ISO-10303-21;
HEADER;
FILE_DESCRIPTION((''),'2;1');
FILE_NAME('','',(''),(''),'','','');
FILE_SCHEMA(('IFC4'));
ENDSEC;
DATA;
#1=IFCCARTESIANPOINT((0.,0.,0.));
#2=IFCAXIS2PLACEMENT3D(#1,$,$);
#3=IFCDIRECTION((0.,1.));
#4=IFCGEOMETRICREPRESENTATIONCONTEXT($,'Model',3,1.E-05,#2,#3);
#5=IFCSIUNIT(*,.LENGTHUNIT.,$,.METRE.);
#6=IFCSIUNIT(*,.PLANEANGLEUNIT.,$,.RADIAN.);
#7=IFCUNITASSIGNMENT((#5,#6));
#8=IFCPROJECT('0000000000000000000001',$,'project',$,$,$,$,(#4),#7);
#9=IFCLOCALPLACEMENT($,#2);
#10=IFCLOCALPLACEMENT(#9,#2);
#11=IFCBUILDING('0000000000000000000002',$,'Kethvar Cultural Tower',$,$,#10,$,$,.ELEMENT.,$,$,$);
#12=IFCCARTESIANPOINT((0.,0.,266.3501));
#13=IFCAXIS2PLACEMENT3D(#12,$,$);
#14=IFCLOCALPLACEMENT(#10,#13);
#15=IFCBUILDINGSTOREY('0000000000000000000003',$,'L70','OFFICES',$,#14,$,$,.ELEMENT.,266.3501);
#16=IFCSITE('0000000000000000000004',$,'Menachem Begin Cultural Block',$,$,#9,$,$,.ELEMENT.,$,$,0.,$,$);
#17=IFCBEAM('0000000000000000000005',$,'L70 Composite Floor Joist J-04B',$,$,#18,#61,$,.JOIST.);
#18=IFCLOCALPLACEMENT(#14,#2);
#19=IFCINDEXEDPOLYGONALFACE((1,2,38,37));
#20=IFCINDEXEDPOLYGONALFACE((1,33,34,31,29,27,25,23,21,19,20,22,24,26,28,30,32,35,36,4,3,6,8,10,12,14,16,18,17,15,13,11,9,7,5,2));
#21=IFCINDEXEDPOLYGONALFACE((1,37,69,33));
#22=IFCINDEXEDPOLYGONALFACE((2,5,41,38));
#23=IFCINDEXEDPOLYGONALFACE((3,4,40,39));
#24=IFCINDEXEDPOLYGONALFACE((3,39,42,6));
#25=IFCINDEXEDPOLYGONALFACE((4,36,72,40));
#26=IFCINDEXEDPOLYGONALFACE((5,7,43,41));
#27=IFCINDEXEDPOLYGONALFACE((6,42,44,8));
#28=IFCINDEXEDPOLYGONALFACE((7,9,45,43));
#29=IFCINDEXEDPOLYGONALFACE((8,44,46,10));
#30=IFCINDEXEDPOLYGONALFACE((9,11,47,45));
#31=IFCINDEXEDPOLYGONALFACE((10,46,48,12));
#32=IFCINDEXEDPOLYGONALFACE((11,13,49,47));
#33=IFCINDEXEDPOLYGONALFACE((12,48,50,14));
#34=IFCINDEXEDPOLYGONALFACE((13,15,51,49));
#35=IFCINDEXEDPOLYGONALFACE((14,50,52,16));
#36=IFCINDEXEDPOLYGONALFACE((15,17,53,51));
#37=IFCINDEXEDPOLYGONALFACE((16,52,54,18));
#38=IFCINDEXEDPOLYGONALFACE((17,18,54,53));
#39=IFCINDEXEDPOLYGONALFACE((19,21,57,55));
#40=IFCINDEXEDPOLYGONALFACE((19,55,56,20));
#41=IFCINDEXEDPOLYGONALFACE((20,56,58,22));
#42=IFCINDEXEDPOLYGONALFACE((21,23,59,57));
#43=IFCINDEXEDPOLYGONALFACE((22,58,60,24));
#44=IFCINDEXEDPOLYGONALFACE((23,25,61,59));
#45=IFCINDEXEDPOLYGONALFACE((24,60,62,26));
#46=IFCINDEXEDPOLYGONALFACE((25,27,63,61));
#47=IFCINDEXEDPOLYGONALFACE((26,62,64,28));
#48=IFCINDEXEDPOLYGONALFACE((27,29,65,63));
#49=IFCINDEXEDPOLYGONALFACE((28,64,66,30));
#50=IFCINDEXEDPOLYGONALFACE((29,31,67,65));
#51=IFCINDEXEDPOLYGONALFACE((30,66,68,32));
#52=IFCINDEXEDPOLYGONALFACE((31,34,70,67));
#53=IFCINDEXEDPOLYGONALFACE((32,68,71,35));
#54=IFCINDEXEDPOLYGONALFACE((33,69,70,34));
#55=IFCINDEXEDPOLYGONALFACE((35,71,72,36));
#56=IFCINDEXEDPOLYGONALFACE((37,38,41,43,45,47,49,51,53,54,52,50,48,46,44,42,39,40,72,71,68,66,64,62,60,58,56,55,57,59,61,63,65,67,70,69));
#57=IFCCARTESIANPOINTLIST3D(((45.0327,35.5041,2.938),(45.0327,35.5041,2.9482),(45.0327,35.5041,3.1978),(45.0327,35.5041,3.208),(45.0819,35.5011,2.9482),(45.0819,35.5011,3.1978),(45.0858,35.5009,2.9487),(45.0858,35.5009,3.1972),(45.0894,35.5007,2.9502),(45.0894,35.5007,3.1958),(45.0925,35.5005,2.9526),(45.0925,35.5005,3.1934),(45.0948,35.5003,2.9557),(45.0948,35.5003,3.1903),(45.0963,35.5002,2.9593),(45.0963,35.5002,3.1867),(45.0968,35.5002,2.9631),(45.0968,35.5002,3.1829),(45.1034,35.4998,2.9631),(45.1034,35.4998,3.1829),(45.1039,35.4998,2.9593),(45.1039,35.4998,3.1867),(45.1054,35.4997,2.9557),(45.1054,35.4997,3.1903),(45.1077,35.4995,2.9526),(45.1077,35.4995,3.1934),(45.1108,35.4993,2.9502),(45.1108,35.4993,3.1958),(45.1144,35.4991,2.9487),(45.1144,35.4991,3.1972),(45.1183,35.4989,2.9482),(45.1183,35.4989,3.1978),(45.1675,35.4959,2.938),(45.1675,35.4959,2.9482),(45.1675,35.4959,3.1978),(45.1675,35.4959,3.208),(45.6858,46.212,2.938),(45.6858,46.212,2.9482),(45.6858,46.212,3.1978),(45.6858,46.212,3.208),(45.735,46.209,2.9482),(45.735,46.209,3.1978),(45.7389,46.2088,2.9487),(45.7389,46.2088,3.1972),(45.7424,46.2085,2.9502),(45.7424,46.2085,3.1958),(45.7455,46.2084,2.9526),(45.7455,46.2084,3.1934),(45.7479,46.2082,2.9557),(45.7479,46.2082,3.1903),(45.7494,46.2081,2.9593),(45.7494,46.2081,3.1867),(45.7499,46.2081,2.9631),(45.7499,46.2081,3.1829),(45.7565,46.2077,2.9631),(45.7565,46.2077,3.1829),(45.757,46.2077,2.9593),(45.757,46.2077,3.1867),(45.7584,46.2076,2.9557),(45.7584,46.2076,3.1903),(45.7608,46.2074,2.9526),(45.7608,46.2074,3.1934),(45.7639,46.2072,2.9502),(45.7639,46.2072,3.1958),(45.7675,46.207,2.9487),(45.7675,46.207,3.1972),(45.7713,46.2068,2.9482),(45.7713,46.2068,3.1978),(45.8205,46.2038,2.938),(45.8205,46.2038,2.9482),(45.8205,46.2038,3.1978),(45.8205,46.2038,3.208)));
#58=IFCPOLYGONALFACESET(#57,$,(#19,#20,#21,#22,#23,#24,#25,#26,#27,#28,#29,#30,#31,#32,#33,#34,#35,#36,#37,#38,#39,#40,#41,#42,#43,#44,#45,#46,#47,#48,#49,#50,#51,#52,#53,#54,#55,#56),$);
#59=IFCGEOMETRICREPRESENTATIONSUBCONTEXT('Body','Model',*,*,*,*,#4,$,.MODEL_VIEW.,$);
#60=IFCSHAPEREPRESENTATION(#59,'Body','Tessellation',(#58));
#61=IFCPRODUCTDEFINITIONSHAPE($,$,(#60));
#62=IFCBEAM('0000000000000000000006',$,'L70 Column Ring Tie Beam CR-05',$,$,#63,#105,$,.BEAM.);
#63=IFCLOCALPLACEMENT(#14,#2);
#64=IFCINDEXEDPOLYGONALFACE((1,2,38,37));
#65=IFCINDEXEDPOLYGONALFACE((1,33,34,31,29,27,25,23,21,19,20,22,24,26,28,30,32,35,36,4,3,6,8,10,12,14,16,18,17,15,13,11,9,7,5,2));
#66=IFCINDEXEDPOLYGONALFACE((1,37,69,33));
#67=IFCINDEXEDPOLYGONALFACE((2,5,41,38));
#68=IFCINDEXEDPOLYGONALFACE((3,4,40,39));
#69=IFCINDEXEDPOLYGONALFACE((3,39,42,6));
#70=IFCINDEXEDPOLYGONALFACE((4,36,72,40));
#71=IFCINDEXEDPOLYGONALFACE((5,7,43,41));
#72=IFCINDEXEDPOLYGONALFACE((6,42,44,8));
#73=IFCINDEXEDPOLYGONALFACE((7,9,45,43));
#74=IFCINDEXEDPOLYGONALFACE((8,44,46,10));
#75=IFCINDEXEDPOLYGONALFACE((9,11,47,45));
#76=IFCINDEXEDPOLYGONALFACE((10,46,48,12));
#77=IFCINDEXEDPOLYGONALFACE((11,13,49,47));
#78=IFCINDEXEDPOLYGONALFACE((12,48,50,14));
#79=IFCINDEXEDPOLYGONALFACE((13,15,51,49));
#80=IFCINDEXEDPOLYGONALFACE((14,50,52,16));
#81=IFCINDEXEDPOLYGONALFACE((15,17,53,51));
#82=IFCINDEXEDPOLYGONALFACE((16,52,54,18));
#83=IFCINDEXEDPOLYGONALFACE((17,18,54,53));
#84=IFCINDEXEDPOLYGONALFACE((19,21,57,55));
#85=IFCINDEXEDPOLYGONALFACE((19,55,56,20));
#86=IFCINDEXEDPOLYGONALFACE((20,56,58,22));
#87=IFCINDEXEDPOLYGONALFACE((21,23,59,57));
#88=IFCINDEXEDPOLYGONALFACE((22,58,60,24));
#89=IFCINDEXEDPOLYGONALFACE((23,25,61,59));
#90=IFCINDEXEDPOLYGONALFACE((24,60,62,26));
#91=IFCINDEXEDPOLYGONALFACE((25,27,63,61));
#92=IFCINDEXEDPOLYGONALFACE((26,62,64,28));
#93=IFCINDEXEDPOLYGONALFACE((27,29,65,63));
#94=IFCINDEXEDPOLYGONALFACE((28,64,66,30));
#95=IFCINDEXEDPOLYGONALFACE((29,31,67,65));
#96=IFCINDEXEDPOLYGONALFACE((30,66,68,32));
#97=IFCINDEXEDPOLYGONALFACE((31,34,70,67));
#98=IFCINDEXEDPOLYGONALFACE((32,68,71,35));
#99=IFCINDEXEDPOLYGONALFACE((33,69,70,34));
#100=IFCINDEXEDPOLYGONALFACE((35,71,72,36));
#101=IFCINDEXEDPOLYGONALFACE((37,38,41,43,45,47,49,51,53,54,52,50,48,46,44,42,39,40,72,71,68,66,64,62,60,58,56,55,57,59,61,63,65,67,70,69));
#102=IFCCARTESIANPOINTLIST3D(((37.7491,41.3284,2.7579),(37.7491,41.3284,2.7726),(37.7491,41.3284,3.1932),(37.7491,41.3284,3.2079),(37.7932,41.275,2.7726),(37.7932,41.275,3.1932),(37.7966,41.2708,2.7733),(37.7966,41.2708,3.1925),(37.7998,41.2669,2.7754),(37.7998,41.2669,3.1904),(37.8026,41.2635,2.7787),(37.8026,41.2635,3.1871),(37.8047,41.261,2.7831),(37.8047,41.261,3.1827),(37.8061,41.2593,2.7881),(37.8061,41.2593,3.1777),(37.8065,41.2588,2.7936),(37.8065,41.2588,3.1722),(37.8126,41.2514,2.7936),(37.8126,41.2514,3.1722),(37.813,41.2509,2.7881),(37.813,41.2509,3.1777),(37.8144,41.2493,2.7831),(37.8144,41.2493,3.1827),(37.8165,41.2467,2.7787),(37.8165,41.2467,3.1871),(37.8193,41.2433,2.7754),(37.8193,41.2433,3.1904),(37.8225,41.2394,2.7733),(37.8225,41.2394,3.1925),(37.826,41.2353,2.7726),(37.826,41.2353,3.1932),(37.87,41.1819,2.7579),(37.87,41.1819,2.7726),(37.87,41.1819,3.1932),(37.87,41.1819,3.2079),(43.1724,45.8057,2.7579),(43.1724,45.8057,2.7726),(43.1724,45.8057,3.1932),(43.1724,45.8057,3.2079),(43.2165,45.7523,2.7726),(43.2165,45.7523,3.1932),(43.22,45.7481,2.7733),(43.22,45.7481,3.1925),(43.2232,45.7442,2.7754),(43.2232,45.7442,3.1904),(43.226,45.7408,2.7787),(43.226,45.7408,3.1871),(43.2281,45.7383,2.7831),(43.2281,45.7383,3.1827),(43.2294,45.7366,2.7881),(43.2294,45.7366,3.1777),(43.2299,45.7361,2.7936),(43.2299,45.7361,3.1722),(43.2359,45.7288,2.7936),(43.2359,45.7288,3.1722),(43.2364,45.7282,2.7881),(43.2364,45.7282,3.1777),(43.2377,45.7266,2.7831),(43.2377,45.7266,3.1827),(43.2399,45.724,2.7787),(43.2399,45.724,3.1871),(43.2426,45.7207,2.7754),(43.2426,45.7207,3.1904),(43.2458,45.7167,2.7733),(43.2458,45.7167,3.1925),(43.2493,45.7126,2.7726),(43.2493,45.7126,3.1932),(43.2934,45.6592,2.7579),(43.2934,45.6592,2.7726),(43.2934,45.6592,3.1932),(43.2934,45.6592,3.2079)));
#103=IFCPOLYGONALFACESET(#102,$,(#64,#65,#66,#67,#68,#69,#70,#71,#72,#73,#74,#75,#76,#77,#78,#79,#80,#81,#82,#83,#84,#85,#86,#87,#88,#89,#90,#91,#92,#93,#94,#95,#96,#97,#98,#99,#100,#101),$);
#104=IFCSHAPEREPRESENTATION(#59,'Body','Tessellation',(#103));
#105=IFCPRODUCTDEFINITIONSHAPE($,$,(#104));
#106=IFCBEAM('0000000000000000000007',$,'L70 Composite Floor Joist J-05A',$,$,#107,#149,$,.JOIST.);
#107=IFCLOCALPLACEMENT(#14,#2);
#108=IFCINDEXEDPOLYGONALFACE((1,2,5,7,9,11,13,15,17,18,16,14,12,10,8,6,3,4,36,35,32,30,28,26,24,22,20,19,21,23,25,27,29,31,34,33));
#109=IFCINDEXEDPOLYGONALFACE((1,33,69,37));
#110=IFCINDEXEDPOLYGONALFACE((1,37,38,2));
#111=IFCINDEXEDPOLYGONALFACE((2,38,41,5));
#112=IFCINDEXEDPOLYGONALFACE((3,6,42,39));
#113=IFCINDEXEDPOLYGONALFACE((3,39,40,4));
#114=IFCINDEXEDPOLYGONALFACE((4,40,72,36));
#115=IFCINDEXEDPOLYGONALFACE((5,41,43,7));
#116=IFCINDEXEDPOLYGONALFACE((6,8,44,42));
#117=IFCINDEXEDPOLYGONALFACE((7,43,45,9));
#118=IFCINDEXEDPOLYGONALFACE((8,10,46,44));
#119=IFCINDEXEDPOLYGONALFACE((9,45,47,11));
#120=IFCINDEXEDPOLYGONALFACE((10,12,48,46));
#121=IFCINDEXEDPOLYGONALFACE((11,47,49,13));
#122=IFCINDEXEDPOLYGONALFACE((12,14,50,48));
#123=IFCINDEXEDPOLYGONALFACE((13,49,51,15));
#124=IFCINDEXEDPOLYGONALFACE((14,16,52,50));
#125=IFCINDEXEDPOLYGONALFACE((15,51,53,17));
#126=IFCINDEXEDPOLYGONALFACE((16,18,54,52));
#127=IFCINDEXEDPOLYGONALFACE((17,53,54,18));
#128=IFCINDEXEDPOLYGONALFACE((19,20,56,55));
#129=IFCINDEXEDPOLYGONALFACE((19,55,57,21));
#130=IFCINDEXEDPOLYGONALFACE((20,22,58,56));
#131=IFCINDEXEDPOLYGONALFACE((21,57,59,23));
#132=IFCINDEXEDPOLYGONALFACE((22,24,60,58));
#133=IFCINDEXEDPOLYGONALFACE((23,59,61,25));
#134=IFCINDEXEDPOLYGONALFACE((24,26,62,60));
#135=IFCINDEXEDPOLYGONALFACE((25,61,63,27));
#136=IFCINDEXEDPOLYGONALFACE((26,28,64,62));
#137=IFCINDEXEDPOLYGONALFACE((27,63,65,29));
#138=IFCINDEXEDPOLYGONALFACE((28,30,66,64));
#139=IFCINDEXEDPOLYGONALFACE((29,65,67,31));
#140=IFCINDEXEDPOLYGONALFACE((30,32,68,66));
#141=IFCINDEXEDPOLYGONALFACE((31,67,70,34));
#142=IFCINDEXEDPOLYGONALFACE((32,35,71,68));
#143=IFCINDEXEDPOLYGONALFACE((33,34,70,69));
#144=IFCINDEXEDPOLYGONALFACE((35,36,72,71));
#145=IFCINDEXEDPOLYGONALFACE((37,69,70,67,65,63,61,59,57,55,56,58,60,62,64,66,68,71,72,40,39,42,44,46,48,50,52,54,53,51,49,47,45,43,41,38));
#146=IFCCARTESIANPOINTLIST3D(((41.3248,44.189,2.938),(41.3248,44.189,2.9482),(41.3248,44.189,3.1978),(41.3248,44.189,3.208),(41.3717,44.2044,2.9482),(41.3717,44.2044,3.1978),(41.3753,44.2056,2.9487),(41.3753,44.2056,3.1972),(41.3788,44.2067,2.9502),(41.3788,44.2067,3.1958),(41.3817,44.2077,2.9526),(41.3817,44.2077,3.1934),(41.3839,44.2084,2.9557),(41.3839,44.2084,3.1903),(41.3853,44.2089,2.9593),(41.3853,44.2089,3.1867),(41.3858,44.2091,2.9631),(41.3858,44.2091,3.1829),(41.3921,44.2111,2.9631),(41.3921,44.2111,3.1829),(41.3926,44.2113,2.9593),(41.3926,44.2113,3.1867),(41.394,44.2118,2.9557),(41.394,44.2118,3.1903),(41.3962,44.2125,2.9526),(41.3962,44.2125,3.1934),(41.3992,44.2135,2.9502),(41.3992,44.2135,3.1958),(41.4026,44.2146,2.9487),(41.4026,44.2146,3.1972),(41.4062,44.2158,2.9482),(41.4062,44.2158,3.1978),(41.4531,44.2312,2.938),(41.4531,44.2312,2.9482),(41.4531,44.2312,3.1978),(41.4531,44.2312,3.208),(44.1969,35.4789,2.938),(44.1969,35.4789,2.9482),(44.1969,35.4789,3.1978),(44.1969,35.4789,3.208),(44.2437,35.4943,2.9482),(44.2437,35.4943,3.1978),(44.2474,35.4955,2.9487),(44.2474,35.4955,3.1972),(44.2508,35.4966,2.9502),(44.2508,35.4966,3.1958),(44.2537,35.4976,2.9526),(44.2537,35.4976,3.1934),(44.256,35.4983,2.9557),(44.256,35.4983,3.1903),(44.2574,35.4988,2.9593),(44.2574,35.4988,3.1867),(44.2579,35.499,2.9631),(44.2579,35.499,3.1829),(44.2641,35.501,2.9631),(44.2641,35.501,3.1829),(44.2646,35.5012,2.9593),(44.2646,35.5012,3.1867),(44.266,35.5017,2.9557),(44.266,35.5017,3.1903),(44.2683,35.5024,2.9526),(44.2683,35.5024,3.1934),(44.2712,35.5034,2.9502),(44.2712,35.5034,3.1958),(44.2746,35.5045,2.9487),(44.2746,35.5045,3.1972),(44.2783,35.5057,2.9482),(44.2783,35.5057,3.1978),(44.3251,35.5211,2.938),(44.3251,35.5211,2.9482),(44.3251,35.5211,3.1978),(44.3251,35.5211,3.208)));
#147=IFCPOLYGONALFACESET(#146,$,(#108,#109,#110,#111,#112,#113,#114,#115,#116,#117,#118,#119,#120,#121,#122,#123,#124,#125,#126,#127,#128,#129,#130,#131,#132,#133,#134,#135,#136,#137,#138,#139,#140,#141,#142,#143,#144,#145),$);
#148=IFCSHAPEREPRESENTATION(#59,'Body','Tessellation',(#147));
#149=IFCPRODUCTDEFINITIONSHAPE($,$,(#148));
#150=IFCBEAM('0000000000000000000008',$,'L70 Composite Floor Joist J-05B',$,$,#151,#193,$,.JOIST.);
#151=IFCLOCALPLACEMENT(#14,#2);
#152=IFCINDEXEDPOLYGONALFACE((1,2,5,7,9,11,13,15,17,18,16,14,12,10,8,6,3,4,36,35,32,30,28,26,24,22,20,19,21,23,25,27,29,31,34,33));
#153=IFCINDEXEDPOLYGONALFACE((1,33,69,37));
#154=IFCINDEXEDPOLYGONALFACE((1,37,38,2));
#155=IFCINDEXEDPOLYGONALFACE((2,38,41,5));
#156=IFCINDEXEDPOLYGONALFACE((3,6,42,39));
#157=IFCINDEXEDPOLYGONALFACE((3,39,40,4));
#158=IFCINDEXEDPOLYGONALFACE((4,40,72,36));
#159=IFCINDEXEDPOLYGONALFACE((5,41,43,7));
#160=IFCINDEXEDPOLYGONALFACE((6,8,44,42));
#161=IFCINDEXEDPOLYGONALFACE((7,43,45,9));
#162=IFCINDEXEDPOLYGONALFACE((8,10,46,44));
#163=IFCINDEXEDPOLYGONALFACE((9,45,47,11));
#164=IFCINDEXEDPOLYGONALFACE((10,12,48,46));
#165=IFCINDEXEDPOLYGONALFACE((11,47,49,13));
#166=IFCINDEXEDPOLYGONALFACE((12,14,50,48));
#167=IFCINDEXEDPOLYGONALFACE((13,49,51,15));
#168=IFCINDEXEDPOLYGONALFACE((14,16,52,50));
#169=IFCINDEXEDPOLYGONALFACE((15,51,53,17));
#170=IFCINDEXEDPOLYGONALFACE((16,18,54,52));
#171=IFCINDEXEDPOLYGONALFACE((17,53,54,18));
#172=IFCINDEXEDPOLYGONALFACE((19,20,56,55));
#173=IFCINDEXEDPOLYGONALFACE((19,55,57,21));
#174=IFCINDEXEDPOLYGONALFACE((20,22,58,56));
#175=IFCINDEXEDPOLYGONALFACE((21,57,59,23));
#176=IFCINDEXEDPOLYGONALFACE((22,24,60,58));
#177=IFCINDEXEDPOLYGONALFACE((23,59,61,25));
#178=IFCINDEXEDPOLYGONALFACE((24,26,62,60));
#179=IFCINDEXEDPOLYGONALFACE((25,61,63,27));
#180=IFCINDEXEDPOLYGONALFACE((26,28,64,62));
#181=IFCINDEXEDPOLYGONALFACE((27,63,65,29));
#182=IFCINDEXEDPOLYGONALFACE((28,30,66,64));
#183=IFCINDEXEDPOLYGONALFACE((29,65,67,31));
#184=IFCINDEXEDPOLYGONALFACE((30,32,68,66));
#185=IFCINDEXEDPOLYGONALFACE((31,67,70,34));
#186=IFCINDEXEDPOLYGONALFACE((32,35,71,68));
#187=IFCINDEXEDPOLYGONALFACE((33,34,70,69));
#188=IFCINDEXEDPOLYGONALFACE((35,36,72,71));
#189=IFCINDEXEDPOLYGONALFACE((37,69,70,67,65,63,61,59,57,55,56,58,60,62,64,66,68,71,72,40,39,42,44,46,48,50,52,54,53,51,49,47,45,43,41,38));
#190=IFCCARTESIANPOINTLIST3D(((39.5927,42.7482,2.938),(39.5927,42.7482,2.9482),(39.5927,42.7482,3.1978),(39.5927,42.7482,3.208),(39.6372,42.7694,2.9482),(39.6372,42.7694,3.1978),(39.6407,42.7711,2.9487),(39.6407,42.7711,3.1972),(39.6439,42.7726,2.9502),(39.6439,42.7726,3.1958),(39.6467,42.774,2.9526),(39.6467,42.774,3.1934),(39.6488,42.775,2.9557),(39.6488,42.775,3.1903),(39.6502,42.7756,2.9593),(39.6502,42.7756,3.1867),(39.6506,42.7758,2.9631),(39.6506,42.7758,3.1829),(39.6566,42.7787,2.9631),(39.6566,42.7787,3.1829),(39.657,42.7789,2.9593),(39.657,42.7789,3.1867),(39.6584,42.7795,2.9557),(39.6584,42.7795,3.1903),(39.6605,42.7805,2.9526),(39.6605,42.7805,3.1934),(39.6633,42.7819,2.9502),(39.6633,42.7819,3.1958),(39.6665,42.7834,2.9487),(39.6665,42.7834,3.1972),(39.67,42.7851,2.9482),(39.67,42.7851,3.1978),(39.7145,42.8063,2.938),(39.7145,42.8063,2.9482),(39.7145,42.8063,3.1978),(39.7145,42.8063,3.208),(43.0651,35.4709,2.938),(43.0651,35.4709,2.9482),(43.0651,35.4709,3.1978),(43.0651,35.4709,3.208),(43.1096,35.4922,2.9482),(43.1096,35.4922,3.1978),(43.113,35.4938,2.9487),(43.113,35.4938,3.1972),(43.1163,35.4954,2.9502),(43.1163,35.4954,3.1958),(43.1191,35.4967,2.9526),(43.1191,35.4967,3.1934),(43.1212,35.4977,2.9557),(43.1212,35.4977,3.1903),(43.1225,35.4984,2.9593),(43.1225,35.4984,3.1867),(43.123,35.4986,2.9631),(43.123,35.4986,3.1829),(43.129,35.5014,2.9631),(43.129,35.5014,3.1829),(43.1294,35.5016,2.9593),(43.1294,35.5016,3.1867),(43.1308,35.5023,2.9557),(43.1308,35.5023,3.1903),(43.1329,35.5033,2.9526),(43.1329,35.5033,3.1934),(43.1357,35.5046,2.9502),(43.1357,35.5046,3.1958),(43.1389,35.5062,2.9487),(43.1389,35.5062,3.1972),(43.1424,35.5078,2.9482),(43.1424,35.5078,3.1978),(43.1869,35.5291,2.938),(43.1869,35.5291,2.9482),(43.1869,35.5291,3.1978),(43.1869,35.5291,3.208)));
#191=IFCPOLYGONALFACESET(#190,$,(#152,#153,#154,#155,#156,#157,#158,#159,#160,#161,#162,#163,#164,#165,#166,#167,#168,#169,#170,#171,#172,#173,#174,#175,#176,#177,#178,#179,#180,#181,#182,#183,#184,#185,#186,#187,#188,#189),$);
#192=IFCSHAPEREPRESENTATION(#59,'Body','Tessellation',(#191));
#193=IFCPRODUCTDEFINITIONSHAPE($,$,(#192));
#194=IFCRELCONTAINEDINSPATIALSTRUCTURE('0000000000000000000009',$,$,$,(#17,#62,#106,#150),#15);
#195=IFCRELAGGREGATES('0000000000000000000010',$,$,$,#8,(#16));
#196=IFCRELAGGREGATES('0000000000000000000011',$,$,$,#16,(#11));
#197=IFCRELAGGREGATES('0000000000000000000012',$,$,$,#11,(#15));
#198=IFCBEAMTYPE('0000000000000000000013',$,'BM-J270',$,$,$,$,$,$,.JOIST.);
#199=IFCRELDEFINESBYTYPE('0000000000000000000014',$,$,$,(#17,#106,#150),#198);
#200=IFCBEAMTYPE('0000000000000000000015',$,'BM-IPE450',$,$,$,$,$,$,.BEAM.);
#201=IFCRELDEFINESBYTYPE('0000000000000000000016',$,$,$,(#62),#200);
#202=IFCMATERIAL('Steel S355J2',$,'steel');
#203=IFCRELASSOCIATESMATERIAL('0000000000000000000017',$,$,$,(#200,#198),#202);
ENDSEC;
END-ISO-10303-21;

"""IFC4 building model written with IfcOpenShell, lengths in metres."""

from ifc_helpers import new_model, si_unit, direction, frame, origin, origin_2d, place, context, subcontext, project, spatial, i_section, extrude, source, transform, mapped, material, material_profile, profile_set, type_object, element, save


model = new_model("IFC4")

# Units and contexts
model_context = context("Model", 3, precision=1e-05, world=origin(), true_north=direction((0.0, 1.0)))
body_context = subcontext(model_context, "Body", "Model", "MODEL_VIEW")
ifc_project = project(units=[si_unit("LENGTHUNIT", "METRE"), si_unit("PLANEANGLEUNIT", "RADIAN")], contexts=[model_context])

# Site, building, storey
site_placement = place(None, origin())
site = spatial("IfcSite", under=ifc_project, at=site_placement, Name="Menachem Begin Cultural Block", CompositionType="ELEMENT", RefElevation=0.0)
building_placement = place(site_placement, origin())
building = spatial("IfcBuilding", under=site, at=building_placement, Name="Kethvar Cultural Tower", CompositionType="ELEMENT")
storey_placement = place(building_placement, frame((0.0, 0.0, 266.3501)))
storey = spatial("IfcBuildingStorey", under=building, at=storey_placement, Name="L70", Description="OFFICES", CompositionType="ELEMENT", Elevation=266.3501)

# Shared definitions
ifc_material_1 = material(Name="Steel S355J2", Category="steel")

# Beams
ifc_material_profile_1 = material_profile(ifc_material_1, i_section(OverallWidth=0.1899, OverallDepth=0.45, WebThickness=0.0095, FlangeThickness=0.0146, FilletRadius=0.021, at=origin_2d()), Name="Steel S355J2 — IPE450")
ifc_profile_set_1 = profile_set([ifc_material_profile_1], Name="Steel S355J2 — IPE450")
beam_type_1 = type_object("IfcBeamType", Name="BM-IPE450", PredefinedType="BEAM", material=ifc_profile_set_1)
ifc_material_profile_2 = material_profile(ifc_material_1, i_section(OverallWidth=0.135, OverallDepth=0.27, WebThickness=0.0066, FlangeThickness=0.0103, FilletRadius=0.0149, at=origin_2d()), Name="Steel S355J2 — IPE270")
ifc_profile_set_2 = profile_set([ifc_material_profile_2], Name="Steel S355J2 — IPE270")
beam_type_2 = type_object("IfcBeamType", Name="BM-J270", PredefinedType="JOIST", material=ifc_profile_set_2)
shared_shape_1 = source(origin(), body_context, "Body", "SweptSolid", [
    extrude(i_section(OverallWidth=0.135, OverallDepth=0.27, WebThickness=0.0066, FlangeThickness=0.0103, FilletRadius=0.0149, at=origin_2d()), origin(), (0.0, 0.0, 1.0), 10.7278),
])
beam_1_placement = place(storey_placement, frame((45.1001, 35.5, 3.073), z_axis=(0.060876, 0.998145, 0.0), x_axis=(-0.998145, 0.060876, 0.0)))
element("IfcBeam", 1, at=beam_1_placement, inside=storey, type_object=beam_type_2, Name="L70 Composite Floor Joist J-04B", PredefinedType="JOIST", context=body_context, shape_type="MappedRepresentation", body=[
    mapped(shared_shape_1, transform((0.0, 0.0, 0.0), scale=1.0)),
])
shared_shape_2 = source(origin(), body_context, "Body", "SweptSolid", [
    extrude(i_section(OverallWidth=0.1899, OverallDepth=0.45, WebThickness=0.0095, FlangeThickness=0.0146, FilletRadius=0.021, at=origin_2d()), origin(), (0.0, 0.0, 1.0), 7.0327),
])
beam_2_placement = place(storey_placement, frame((43.2329, 45.7324, 2.9829), z_axis=(-0.771161, -0.63664, 0.0), x_axis=(0.63664, -0.771161, 0.0)))
element("IfcBeam", 2, at=beam_2_placement, inside=storey, type_object=beam_type_1, Name="L70 Column Ring Tie Beam CR-05", PredefinedType="BEAM", context=body_context, shape_type="MappedRepresentation", body=[
    mapped(shared_shape_2, transform((0.0, 0.0, 0.0), scale=1.0)),
])
shared_shape_3 = source(origin(), body_context, "Body", "SweptSolid", [
    extrude(i_section(OverallWidth=0.135, OverallDepth=0.27, WebThickness=0.0066, FlangeThickness=0.0103, FilletRadius=0.0149, at=origin_2d()), origin(), (0.0, 0.0, 1.0), 9.1714),
])
beam_3_placement = place(storey_placement, frame((44.261, 35.5, 3.073), z_axis=(-0.313152, 0.949703, 0.0), x_axis=(-0.949703, -0.313152, 0.0)))
element("IfcBeam", 3, at=beam_3_placement, inside=storey, type_object=beam_type_2, Name="L70 Composite Floor Joist J-05A", PredefinedType="JOIST", context=body_context, shape_type="MappedRepresentation", body=[
    mapped(shared_shape_3, transform((0.0, 0.0, 0.0), scale=1.0)),
])
shared_shape_4 = source(origin(), body_context, "Body", "SweptSolid", [
    extrude(i_section(OverallWidth=0.135, OverallDepth=0.27, WebThickness=0.0066, FlangeThickness=0.0103, FilletRadius=0.0149, at=origin_2d()), origin(), (0.0, 0.0, 1.0), 8.0632),
])
beam_4_placement = place(storey_placement, frame((43.126, 35.5, 3.073), z_axis=(-0.430642, 0.902523, 0.0), x_axis=(-0.902523, -0.430642, 0.0)))
element("IfcBeam", 4, at=beam_4_placement, inside=storey, type_object=beam_type_2, Name="L70 Composite Floor Joist J-05B", PredefinedType="JOIST", context=body_context, shape_type="MappedRepresentation", body=[
    mapped(shared_shape_4, transform((0.0, 0.0, 0.0), scale=1.0)),
])

save(model, "model.ifc")
